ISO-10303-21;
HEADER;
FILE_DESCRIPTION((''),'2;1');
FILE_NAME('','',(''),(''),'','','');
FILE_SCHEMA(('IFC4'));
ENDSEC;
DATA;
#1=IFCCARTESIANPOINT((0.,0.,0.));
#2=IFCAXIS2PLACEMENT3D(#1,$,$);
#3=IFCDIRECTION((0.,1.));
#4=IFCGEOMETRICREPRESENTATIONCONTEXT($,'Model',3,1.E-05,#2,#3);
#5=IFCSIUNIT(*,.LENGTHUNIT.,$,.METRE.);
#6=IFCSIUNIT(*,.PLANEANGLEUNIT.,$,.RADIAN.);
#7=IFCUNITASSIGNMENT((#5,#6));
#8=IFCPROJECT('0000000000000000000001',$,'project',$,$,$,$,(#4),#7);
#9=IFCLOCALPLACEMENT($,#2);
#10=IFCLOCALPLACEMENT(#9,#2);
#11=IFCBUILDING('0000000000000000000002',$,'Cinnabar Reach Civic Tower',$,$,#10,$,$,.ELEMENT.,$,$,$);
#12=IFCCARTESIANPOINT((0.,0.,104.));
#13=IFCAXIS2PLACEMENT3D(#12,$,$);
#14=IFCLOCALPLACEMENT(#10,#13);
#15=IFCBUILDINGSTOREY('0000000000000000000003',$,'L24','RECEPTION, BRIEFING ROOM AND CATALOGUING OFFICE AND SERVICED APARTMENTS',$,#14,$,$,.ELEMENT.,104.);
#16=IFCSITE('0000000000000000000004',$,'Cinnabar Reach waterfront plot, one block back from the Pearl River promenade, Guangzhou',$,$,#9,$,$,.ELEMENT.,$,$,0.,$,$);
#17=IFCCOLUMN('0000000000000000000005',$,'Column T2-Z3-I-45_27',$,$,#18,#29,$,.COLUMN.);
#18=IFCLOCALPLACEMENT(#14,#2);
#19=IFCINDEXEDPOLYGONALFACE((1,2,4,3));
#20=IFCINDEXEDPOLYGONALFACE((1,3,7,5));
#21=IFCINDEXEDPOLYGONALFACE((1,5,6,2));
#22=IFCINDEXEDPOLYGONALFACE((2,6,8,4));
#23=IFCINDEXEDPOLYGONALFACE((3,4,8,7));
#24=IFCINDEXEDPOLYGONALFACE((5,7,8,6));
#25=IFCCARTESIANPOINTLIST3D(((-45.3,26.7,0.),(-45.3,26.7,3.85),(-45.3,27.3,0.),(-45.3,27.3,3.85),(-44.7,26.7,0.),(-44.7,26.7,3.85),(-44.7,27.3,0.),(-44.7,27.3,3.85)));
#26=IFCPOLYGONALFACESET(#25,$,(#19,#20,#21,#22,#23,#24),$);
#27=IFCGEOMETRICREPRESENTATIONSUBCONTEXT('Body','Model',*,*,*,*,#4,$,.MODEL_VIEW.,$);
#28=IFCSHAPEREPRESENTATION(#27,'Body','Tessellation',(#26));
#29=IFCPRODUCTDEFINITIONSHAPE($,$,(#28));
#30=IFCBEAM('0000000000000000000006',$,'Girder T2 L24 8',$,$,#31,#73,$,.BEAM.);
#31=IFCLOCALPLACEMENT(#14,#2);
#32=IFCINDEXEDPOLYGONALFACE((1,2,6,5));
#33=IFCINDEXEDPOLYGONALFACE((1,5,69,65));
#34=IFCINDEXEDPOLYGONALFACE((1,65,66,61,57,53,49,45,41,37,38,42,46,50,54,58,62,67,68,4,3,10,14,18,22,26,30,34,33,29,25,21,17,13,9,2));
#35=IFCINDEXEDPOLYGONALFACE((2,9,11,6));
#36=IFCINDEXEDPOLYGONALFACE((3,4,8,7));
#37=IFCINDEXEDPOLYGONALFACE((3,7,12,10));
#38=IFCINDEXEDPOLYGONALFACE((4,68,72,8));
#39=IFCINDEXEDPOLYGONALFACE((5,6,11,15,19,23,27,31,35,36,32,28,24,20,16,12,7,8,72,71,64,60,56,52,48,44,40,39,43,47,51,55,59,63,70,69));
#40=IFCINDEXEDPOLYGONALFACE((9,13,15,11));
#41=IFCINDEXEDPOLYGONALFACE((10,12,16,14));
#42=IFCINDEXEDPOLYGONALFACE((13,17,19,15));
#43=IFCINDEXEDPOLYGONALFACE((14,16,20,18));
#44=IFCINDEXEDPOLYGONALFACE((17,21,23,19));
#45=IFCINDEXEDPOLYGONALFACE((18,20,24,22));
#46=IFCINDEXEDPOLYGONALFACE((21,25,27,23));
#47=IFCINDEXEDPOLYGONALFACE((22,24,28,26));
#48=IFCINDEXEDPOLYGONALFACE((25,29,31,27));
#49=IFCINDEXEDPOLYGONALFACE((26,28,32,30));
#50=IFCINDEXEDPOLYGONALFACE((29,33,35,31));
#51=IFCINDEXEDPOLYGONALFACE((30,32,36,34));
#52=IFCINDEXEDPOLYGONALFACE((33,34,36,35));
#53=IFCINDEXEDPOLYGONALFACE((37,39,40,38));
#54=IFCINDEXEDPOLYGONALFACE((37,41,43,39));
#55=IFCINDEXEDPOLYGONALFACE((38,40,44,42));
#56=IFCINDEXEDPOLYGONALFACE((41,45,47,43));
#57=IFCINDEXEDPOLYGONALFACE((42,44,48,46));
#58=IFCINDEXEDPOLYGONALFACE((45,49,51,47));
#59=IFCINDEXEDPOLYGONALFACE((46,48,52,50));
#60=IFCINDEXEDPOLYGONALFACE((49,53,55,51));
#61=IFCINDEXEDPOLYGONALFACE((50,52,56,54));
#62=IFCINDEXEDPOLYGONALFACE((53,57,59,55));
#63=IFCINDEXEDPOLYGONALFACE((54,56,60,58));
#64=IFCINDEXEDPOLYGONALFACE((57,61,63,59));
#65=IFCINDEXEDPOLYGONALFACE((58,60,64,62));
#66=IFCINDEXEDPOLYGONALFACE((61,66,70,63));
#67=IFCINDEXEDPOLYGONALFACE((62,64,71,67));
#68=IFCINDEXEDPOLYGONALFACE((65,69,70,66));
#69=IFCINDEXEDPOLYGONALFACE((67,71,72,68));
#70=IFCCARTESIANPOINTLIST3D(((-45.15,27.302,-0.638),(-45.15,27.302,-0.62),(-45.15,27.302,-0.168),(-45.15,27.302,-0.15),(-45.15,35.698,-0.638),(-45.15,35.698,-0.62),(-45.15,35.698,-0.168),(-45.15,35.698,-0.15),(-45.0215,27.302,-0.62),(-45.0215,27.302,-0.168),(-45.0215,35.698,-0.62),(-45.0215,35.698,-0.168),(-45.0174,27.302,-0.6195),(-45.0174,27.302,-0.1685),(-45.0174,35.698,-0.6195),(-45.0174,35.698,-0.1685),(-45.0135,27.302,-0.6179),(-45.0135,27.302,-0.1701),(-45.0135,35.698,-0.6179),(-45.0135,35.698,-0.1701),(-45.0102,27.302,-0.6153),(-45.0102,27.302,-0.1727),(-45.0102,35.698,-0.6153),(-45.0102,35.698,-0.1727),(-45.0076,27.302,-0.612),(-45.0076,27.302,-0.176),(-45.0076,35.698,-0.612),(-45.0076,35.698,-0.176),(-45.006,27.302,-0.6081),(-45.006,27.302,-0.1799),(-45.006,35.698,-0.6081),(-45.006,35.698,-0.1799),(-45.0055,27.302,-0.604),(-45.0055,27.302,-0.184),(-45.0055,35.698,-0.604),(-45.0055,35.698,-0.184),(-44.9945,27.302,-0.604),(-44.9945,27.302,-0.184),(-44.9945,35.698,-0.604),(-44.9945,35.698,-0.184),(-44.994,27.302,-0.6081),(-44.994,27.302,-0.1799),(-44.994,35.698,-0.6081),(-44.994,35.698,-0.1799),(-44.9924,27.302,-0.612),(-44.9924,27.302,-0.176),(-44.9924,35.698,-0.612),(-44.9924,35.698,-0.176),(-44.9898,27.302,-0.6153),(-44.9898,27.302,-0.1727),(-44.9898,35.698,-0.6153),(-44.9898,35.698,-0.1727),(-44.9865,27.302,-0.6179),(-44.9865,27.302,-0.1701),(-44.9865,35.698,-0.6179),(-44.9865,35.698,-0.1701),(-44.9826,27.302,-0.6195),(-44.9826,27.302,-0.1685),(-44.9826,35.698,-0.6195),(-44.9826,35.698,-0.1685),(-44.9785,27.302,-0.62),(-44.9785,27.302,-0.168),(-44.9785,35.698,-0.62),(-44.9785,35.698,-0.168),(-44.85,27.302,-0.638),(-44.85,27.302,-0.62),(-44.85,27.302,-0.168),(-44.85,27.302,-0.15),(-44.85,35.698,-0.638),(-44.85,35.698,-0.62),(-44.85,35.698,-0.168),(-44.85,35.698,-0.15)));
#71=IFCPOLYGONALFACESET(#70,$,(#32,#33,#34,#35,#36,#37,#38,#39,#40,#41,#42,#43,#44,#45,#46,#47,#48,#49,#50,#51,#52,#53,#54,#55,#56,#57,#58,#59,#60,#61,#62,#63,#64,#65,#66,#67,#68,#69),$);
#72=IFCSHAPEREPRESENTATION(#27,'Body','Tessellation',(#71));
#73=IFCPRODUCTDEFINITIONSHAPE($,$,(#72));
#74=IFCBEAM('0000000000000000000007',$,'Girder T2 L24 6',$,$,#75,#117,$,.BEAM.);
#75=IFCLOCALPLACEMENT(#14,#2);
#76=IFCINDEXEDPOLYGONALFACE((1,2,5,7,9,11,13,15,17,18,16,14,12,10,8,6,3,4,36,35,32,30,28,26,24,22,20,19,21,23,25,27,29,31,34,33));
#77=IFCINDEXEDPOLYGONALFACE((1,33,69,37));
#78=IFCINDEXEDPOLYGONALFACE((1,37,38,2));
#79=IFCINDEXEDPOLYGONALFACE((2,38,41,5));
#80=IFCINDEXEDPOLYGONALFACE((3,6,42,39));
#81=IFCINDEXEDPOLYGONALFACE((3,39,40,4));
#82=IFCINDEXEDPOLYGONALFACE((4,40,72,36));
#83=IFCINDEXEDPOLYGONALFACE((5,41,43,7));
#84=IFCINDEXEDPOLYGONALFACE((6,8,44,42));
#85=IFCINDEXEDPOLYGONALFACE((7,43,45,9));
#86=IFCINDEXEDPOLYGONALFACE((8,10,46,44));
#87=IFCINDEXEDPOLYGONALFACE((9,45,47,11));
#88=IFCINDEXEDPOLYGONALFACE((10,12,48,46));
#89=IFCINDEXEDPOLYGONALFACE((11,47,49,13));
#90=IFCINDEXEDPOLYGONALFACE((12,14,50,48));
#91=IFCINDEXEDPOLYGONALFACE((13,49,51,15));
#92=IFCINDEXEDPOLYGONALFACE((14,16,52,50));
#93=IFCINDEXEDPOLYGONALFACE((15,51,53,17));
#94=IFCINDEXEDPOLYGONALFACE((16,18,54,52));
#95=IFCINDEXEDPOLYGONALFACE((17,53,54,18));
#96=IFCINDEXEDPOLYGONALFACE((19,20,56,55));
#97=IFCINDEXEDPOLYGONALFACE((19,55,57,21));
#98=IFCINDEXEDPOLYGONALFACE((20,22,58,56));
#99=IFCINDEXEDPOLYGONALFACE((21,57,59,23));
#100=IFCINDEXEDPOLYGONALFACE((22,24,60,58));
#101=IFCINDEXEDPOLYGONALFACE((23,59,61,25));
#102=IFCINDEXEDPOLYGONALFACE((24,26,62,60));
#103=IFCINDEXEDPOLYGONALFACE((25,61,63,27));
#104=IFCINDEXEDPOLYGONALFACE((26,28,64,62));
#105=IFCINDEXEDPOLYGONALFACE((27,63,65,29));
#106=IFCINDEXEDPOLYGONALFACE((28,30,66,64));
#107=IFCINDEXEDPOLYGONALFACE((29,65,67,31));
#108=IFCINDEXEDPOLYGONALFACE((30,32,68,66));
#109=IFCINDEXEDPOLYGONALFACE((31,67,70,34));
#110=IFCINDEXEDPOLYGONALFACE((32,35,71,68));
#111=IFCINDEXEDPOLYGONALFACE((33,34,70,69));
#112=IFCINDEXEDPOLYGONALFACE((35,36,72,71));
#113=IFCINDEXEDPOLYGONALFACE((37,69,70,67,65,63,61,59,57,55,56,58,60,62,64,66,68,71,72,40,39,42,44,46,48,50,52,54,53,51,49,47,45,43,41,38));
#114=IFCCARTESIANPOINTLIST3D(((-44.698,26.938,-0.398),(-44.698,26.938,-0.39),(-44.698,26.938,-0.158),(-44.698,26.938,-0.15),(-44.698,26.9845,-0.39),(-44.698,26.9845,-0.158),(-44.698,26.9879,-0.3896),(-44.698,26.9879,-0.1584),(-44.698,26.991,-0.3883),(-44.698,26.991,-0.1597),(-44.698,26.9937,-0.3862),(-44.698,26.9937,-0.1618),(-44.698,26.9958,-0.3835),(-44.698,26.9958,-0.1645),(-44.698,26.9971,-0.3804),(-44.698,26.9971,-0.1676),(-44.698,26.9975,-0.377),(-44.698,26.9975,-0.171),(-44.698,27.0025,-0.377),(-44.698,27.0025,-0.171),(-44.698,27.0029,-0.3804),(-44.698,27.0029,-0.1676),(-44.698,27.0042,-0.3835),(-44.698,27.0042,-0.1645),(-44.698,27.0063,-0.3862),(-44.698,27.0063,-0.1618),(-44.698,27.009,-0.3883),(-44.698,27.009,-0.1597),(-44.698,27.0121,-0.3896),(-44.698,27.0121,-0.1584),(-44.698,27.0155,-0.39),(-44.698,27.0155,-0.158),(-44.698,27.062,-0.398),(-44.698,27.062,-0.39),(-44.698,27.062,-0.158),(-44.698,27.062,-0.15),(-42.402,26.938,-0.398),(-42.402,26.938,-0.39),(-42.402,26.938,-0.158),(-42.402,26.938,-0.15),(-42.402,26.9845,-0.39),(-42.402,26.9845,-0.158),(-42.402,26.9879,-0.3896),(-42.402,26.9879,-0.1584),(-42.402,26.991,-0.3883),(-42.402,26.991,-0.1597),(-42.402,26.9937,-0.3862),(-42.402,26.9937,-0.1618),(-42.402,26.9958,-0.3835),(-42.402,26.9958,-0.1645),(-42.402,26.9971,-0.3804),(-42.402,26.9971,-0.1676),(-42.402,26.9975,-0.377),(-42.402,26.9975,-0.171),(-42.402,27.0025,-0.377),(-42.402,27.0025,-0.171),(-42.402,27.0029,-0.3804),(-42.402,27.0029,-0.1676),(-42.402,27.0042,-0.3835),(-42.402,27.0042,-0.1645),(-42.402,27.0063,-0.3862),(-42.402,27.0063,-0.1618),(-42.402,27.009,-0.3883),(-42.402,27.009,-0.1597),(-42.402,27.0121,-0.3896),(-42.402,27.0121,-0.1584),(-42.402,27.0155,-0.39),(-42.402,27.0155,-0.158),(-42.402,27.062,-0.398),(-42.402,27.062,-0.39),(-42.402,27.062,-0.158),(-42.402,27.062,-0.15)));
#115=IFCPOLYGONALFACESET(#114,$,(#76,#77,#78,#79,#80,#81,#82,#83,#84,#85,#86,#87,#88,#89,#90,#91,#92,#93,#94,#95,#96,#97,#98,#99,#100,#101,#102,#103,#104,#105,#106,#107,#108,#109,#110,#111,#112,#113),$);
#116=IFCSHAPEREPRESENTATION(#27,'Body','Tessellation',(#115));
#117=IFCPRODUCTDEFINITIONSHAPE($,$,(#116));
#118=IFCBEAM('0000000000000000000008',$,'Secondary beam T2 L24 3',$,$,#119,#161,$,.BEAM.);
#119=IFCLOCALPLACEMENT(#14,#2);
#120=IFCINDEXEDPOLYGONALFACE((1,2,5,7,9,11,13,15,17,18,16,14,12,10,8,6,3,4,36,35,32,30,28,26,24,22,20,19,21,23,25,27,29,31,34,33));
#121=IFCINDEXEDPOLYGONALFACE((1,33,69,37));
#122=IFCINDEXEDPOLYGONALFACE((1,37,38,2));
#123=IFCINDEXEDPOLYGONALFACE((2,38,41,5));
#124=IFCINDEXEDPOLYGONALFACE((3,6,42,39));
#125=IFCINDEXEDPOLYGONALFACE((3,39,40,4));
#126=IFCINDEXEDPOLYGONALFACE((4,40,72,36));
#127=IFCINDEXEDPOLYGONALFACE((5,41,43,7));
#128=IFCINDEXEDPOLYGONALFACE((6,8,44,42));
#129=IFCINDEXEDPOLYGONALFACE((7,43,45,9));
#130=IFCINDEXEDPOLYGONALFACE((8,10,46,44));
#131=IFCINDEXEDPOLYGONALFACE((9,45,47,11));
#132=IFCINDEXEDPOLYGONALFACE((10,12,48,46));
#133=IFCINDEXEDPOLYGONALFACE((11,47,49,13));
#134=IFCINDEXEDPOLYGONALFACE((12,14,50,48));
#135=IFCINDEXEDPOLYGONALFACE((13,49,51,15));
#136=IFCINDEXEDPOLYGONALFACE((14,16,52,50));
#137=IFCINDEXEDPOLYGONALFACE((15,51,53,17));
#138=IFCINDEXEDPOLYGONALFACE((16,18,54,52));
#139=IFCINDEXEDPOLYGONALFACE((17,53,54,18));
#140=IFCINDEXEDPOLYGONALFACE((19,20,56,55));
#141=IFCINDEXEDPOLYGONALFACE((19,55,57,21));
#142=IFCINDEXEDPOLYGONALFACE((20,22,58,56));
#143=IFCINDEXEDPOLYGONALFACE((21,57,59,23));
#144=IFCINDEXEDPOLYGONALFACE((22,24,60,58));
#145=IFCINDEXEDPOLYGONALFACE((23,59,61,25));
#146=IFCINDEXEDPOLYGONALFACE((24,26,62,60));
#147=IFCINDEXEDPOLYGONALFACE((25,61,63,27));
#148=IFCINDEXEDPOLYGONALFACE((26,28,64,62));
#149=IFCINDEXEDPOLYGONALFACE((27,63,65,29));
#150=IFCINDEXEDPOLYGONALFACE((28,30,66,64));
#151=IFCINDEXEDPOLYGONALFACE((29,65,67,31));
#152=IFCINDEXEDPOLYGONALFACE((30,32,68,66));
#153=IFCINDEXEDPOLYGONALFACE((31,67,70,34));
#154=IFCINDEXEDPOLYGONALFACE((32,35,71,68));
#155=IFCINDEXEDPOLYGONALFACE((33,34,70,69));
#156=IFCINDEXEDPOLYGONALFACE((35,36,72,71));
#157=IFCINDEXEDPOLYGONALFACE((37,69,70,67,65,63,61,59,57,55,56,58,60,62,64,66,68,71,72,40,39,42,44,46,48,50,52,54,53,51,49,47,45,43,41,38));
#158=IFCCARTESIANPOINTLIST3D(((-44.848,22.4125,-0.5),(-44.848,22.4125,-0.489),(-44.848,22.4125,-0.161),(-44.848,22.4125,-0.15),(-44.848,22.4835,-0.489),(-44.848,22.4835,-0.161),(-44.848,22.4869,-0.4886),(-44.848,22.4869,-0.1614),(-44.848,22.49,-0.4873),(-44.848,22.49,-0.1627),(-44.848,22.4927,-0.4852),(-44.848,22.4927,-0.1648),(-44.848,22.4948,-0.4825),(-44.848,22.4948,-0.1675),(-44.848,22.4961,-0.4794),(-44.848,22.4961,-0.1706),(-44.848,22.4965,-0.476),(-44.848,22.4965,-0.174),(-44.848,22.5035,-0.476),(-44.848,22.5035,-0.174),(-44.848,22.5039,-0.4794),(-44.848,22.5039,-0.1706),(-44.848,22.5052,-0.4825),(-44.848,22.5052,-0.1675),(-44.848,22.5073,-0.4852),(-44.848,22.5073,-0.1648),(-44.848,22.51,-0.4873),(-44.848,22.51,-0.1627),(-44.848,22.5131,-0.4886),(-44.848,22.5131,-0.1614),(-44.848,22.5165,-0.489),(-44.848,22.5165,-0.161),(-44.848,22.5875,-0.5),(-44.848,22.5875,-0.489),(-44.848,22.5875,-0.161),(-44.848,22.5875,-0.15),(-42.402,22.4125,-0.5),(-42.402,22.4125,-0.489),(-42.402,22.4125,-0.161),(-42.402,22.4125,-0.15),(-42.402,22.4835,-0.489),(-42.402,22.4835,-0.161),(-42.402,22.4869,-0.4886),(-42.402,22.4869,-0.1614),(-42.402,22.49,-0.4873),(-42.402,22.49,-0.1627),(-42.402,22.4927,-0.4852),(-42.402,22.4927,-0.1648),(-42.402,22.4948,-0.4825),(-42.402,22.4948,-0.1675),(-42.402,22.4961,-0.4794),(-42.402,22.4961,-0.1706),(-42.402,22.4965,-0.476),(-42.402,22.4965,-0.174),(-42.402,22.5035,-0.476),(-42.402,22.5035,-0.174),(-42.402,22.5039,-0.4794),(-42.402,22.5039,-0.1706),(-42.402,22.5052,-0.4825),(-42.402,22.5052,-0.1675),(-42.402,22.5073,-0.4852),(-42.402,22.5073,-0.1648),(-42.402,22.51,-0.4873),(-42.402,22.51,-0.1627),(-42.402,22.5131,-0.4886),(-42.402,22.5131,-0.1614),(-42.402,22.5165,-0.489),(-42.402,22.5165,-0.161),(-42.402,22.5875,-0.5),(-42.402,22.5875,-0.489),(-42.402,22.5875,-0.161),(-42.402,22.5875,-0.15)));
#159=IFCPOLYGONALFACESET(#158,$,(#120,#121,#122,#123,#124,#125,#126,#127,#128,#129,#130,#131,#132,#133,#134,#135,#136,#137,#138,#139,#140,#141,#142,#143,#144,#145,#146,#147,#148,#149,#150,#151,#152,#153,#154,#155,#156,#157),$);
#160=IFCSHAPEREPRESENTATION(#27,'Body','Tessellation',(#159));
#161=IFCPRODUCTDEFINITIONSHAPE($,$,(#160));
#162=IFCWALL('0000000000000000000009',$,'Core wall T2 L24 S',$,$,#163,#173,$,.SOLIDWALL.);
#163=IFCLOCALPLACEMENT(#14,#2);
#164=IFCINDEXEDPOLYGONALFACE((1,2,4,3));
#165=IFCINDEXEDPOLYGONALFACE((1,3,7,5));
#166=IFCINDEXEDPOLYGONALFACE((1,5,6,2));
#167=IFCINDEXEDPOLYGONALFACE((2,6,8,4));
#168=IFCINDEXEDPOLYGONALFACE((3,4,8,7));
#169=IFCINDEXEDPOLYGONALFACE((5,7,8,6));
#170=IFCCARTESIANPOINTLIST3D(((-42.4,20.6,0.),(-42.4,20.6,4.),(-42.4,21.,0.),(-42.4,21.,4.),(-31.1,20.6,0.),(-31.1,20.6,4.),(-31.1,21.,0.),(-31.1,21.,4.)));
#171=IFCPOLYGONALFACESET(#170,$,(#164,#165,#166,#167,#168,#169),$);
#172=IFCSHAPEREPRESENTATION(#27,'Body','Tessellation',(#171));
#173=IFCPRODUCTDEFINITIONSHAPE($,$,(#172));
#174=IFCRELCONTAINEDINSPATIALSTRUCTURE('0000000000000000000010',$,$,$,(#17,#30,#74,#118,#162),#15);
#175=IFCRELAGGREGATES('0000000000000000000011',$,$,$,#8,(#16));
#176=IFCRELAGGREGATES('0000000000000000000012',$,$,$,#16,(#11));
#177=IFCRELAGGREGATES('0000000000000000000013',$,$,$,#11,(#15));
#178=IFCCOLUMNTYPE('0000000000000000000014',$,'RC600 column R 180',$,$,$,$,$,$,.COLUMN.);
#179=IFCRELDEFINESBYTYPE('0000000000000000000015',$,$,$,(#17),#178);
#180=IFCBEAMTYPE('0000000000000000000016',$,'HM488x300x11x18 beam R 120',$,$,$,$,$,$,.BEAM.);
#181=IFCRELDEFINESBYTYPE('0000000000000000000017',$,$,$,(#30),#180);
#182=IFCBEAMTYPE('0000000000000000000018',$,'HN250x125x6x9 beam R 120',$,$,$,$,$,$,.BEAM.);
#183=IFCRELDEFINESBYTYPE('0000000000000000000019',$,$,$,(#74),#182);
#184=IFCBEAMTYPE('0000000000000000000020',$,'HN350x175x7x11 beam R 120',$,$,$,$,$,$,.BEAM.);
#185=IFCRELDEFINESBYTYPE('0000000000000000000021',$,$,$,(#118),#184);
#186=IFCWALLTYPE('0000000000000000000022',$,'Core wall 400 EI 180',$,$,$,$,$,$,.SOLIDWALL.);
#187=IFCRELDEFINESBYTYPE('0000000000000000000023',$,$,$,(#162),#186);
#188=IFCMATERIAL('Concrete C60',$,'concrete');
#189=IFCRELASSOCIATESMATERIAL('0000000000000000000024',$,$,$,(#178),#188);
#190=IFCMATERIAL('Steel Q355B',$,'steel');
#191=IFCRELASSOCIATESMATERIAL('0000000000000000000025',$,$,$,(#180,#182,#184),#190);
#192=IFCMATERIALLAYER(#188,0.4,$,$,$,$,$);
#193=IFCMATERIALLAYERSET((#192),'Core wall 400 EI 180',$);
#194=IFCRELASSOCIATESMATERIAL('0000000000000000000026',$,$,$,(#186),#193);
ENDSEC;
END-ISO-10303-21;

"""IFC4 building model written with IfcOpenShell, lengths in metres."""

from ifc_helpers import new_model, si_unit, direction, frame, frame_2d, origin, origin_2d, place, context, subcontext, project, spatial, rectangle, i_section, extrude, material, layer, layer_set, material_profile, profile_set, type_object, element, save


model = new_model("IFC4")

# Units and contexts
model_context = context("Model", 3, precision=1e-05, world=origin(), true_north=direction((0.0, 1.0)))
body_context = subcontext(model_context, "Body", "Model", "MODEL_VIEW")
ifc_project = project(units=[si_unit("LENGTHUNIT", "METRE"), si_unit("PLANEANGLEUNIT", "RADIAN")], contexts=[model_context])

# Site, building, storey
site_placement = place(None, origin())
site = spatial("IfcSite", under=ifc_project, at=site_placement, Name="Cinnabar Reach waterfront plot, one block back from the Pearl River promenade, Guangzhou", CompositionType="ELEMENT", RefElevation=0.0)
building_placement = place(site_placement, origin())
building = spatial("IfcBuilding", under=site, at=building_placement, Name="Cinnabar Reach Civic Tower", CompositionType="ELEMENT")
storey_placement = place(building_placement, frame((0.0, 0.0, 104.0)))
storey = spatial("IfcBuildingStorey", under=building, at=storey_placement, Name="L24", Description="RECEPTION, BRIEFING ROOM AND CATALOGUING OFFICE AND SERVICED APARTMENTS", CompositionType="ELEMENT", Elevation=104.0)

# Column
ifc_material_1 = material(Name="Concrete C60", Category="concrete")
ifc_material_profile_1 = material_profile(ifc_material_1, rectangle(XDim=0.6, YDim=0.6, at=origin_2d()), Name="RC600")
ifc_profile_set_1 = profile_set([ifc_material_profile_1], Name="Concrete C60")
column_type = type_object("IfcColumnType", Name="RC600 column R 180", PredefinedType="COLUMN", material=ifc_profile_set_1)
column_placement = place(storey_placement, frame((-45.0, 27.0, 0.0), z_axis=(0.0, 0.0, 1.0), x_axis=(1.0, 0.0, 0.0)))
element("IfcColumn", 1, at=column_placement, inside=storey, type_object=column_type, Name="Column T2-Z3-I-45_27", PredefinedType="COLUMN", context=body_context, shape_type="SweptSolid", body=[
    extrude(rectangle(XDim=0.6, YDim=0.6, at=origin_2d()), origin(), (0.0, 0.0, 1.0), 3.85),
])

# Beams
ifc_material_2 = material(Name="Steel Q355B", Category="steel")
ifc_material_profile_2 = material_profile(ifc_material_2, i_section(OverallWidth=0.3, OverallDepth=0.488, WebThickness=0.011, FlangeThickness=0.018, FilletRadius=0.016, at=origin_2d()), Name="HM488x300x11x18")
ifc_profile_set_2 = profile_set([ifc_material_profile_2], Name="Steel Q355B")
beam_type_1 = type_object("IfcBeamType", Name="HM488x300x11x18 beam R 120", PredefinedType="BEAM", material=ifc_profile_set_2)
beam_1_placement = place(storey_placement, frame((-45.0, 27.302, -0.394), z_axis=(0.0, 1.0, 0.0), x_axis=(-1.0, 0.0, 0.0)))
element("IfcBeam", 2, at=beam_1_placement, inside=storey, type_object=beam_type_1, Name="Girder T2 L24 8", PredefinedType="BEAM", context=body_context, shape_type="SweptSolid", body=[
    extrude(i_section(OverallWidth=0.3, OverallDepth=0.488, WebThickness=0.011, FlangeThickness=0.018, FilletRadius=0.016, at=origin_2d()), origin(), (0.0, 0.0, 1.0), 8.396),
])
ifc_material_profile_3 = material_profile(ifc_material_2, i_section(OverallWidth=0.124, OverallDepth=0.248, WebThickness=0.005, FlangeThickness=0.008, FilletRadius=0.013, at=origin_2d()), Name="HN250x125x6x9")
ifc_profile_set_3 = profile_set([ifc_material_profile_3], Name="Steel Q355B")
beam_type_2 = type_object("IfcBeamType", Name="HN250x125x6x9 beam R 120", PredefinedType="BEAM", material=ifc_profile_set_3)
beam_2_placement = place(storey_placement, frame((-44.698, 27.0, -0.274), z_axis=(1.0, 0.0, 0.0), x_axis=(0.0, 1.0, 0.0)))
element("IfcBeam", 3, at=beam_2_placement, inside=storey, type_object=beam_type_2, Name="Girder T2 L24 6", PredefinedType="BEAM", context=body_context, shape_type="SweptSolid", body=[
    extrude(i_section(OverallWidth=0.124, OverallDepth=0.248, WebThickness=0.005, FlangeThickness=0.008, FilletRadius=0.013, at=origin_2d()), origin(), (0.0, 0.0, 1.0), 2.296),
])
ifc_material_profile_4 = material_profile(ifc_material_2, i_section(OverallWidth=0.175, OverallDepth=0.35, WebThickness=0.007, FlangeThickness=0.011, FilletRadius=0.013, at=origin_2d()), Name="HN350x175x7x11")
ifc_profile_set_4 = profile_set([ifc_material_profile_4], Name="Steel Q355B")
beam_type_3 = type_object("IfcBeamType", Name="HN350x175x7x11 beam R 120", PredefinedType="BEAM", material=ifc_profile_set_4)
beam_3_placement = place(storey_placement, frame((-44.848, 22.5, -0.325), z_axis=(1.0, 0.0, 0.0), x_axis=(0.0, 1.0, 0.0)))
element("IfcBeam", 4, at=beam_3_placement, inside=storey, type_object=beam_type_3, Name="Secondary beam T2 L24 3", PredefinedType="BEAM", context=body_context, shape_type="SweptSolid", body=[
    extrude(i_section(OverallWidth=0.175, OverallDepth=0.35, WebThickness=0.007, FlangeThickness=0.011, FilletRadius=0.013, at=origin_2d()), origin(), (0.0, 0.0, 1.0), 2.446),
])

# Wall
ifc_layer_1 = layer(ifc_material_1, 0.4)
ifc_layer_set_1 = layer_set([ifc_layer_1], Name="Core wall 400 EI 180")
wall_type_1 = type_object("IfcWallType", Name="Core wall 400 EI 180", PredefinedType="SOLIDWALL", material=ifc_layer_set_1)
wall_1_placement = place(storey_placement, frame((-42.4, 20.8, 0.0), z_axis=(0.0, 0.0, 1.0), x_axis=(1.0, 0.0, 0.0)))
element("IfcWall", 5, at=wall_1_placement, inside=storey, type_object=wall_type_1, Name="Core wall T2 L24 S", PredefinedType="SOLIDWALL", context=body_context, shape_type="SweptSolid", body=[
    extrude(rectangle(XDim=11.3, YDim=0.4, at=frame_2d((5.65, 0.0))), origin(), (0.0, 0.0, 1.0), 4.0),
])

save(model, "model.ifc")
